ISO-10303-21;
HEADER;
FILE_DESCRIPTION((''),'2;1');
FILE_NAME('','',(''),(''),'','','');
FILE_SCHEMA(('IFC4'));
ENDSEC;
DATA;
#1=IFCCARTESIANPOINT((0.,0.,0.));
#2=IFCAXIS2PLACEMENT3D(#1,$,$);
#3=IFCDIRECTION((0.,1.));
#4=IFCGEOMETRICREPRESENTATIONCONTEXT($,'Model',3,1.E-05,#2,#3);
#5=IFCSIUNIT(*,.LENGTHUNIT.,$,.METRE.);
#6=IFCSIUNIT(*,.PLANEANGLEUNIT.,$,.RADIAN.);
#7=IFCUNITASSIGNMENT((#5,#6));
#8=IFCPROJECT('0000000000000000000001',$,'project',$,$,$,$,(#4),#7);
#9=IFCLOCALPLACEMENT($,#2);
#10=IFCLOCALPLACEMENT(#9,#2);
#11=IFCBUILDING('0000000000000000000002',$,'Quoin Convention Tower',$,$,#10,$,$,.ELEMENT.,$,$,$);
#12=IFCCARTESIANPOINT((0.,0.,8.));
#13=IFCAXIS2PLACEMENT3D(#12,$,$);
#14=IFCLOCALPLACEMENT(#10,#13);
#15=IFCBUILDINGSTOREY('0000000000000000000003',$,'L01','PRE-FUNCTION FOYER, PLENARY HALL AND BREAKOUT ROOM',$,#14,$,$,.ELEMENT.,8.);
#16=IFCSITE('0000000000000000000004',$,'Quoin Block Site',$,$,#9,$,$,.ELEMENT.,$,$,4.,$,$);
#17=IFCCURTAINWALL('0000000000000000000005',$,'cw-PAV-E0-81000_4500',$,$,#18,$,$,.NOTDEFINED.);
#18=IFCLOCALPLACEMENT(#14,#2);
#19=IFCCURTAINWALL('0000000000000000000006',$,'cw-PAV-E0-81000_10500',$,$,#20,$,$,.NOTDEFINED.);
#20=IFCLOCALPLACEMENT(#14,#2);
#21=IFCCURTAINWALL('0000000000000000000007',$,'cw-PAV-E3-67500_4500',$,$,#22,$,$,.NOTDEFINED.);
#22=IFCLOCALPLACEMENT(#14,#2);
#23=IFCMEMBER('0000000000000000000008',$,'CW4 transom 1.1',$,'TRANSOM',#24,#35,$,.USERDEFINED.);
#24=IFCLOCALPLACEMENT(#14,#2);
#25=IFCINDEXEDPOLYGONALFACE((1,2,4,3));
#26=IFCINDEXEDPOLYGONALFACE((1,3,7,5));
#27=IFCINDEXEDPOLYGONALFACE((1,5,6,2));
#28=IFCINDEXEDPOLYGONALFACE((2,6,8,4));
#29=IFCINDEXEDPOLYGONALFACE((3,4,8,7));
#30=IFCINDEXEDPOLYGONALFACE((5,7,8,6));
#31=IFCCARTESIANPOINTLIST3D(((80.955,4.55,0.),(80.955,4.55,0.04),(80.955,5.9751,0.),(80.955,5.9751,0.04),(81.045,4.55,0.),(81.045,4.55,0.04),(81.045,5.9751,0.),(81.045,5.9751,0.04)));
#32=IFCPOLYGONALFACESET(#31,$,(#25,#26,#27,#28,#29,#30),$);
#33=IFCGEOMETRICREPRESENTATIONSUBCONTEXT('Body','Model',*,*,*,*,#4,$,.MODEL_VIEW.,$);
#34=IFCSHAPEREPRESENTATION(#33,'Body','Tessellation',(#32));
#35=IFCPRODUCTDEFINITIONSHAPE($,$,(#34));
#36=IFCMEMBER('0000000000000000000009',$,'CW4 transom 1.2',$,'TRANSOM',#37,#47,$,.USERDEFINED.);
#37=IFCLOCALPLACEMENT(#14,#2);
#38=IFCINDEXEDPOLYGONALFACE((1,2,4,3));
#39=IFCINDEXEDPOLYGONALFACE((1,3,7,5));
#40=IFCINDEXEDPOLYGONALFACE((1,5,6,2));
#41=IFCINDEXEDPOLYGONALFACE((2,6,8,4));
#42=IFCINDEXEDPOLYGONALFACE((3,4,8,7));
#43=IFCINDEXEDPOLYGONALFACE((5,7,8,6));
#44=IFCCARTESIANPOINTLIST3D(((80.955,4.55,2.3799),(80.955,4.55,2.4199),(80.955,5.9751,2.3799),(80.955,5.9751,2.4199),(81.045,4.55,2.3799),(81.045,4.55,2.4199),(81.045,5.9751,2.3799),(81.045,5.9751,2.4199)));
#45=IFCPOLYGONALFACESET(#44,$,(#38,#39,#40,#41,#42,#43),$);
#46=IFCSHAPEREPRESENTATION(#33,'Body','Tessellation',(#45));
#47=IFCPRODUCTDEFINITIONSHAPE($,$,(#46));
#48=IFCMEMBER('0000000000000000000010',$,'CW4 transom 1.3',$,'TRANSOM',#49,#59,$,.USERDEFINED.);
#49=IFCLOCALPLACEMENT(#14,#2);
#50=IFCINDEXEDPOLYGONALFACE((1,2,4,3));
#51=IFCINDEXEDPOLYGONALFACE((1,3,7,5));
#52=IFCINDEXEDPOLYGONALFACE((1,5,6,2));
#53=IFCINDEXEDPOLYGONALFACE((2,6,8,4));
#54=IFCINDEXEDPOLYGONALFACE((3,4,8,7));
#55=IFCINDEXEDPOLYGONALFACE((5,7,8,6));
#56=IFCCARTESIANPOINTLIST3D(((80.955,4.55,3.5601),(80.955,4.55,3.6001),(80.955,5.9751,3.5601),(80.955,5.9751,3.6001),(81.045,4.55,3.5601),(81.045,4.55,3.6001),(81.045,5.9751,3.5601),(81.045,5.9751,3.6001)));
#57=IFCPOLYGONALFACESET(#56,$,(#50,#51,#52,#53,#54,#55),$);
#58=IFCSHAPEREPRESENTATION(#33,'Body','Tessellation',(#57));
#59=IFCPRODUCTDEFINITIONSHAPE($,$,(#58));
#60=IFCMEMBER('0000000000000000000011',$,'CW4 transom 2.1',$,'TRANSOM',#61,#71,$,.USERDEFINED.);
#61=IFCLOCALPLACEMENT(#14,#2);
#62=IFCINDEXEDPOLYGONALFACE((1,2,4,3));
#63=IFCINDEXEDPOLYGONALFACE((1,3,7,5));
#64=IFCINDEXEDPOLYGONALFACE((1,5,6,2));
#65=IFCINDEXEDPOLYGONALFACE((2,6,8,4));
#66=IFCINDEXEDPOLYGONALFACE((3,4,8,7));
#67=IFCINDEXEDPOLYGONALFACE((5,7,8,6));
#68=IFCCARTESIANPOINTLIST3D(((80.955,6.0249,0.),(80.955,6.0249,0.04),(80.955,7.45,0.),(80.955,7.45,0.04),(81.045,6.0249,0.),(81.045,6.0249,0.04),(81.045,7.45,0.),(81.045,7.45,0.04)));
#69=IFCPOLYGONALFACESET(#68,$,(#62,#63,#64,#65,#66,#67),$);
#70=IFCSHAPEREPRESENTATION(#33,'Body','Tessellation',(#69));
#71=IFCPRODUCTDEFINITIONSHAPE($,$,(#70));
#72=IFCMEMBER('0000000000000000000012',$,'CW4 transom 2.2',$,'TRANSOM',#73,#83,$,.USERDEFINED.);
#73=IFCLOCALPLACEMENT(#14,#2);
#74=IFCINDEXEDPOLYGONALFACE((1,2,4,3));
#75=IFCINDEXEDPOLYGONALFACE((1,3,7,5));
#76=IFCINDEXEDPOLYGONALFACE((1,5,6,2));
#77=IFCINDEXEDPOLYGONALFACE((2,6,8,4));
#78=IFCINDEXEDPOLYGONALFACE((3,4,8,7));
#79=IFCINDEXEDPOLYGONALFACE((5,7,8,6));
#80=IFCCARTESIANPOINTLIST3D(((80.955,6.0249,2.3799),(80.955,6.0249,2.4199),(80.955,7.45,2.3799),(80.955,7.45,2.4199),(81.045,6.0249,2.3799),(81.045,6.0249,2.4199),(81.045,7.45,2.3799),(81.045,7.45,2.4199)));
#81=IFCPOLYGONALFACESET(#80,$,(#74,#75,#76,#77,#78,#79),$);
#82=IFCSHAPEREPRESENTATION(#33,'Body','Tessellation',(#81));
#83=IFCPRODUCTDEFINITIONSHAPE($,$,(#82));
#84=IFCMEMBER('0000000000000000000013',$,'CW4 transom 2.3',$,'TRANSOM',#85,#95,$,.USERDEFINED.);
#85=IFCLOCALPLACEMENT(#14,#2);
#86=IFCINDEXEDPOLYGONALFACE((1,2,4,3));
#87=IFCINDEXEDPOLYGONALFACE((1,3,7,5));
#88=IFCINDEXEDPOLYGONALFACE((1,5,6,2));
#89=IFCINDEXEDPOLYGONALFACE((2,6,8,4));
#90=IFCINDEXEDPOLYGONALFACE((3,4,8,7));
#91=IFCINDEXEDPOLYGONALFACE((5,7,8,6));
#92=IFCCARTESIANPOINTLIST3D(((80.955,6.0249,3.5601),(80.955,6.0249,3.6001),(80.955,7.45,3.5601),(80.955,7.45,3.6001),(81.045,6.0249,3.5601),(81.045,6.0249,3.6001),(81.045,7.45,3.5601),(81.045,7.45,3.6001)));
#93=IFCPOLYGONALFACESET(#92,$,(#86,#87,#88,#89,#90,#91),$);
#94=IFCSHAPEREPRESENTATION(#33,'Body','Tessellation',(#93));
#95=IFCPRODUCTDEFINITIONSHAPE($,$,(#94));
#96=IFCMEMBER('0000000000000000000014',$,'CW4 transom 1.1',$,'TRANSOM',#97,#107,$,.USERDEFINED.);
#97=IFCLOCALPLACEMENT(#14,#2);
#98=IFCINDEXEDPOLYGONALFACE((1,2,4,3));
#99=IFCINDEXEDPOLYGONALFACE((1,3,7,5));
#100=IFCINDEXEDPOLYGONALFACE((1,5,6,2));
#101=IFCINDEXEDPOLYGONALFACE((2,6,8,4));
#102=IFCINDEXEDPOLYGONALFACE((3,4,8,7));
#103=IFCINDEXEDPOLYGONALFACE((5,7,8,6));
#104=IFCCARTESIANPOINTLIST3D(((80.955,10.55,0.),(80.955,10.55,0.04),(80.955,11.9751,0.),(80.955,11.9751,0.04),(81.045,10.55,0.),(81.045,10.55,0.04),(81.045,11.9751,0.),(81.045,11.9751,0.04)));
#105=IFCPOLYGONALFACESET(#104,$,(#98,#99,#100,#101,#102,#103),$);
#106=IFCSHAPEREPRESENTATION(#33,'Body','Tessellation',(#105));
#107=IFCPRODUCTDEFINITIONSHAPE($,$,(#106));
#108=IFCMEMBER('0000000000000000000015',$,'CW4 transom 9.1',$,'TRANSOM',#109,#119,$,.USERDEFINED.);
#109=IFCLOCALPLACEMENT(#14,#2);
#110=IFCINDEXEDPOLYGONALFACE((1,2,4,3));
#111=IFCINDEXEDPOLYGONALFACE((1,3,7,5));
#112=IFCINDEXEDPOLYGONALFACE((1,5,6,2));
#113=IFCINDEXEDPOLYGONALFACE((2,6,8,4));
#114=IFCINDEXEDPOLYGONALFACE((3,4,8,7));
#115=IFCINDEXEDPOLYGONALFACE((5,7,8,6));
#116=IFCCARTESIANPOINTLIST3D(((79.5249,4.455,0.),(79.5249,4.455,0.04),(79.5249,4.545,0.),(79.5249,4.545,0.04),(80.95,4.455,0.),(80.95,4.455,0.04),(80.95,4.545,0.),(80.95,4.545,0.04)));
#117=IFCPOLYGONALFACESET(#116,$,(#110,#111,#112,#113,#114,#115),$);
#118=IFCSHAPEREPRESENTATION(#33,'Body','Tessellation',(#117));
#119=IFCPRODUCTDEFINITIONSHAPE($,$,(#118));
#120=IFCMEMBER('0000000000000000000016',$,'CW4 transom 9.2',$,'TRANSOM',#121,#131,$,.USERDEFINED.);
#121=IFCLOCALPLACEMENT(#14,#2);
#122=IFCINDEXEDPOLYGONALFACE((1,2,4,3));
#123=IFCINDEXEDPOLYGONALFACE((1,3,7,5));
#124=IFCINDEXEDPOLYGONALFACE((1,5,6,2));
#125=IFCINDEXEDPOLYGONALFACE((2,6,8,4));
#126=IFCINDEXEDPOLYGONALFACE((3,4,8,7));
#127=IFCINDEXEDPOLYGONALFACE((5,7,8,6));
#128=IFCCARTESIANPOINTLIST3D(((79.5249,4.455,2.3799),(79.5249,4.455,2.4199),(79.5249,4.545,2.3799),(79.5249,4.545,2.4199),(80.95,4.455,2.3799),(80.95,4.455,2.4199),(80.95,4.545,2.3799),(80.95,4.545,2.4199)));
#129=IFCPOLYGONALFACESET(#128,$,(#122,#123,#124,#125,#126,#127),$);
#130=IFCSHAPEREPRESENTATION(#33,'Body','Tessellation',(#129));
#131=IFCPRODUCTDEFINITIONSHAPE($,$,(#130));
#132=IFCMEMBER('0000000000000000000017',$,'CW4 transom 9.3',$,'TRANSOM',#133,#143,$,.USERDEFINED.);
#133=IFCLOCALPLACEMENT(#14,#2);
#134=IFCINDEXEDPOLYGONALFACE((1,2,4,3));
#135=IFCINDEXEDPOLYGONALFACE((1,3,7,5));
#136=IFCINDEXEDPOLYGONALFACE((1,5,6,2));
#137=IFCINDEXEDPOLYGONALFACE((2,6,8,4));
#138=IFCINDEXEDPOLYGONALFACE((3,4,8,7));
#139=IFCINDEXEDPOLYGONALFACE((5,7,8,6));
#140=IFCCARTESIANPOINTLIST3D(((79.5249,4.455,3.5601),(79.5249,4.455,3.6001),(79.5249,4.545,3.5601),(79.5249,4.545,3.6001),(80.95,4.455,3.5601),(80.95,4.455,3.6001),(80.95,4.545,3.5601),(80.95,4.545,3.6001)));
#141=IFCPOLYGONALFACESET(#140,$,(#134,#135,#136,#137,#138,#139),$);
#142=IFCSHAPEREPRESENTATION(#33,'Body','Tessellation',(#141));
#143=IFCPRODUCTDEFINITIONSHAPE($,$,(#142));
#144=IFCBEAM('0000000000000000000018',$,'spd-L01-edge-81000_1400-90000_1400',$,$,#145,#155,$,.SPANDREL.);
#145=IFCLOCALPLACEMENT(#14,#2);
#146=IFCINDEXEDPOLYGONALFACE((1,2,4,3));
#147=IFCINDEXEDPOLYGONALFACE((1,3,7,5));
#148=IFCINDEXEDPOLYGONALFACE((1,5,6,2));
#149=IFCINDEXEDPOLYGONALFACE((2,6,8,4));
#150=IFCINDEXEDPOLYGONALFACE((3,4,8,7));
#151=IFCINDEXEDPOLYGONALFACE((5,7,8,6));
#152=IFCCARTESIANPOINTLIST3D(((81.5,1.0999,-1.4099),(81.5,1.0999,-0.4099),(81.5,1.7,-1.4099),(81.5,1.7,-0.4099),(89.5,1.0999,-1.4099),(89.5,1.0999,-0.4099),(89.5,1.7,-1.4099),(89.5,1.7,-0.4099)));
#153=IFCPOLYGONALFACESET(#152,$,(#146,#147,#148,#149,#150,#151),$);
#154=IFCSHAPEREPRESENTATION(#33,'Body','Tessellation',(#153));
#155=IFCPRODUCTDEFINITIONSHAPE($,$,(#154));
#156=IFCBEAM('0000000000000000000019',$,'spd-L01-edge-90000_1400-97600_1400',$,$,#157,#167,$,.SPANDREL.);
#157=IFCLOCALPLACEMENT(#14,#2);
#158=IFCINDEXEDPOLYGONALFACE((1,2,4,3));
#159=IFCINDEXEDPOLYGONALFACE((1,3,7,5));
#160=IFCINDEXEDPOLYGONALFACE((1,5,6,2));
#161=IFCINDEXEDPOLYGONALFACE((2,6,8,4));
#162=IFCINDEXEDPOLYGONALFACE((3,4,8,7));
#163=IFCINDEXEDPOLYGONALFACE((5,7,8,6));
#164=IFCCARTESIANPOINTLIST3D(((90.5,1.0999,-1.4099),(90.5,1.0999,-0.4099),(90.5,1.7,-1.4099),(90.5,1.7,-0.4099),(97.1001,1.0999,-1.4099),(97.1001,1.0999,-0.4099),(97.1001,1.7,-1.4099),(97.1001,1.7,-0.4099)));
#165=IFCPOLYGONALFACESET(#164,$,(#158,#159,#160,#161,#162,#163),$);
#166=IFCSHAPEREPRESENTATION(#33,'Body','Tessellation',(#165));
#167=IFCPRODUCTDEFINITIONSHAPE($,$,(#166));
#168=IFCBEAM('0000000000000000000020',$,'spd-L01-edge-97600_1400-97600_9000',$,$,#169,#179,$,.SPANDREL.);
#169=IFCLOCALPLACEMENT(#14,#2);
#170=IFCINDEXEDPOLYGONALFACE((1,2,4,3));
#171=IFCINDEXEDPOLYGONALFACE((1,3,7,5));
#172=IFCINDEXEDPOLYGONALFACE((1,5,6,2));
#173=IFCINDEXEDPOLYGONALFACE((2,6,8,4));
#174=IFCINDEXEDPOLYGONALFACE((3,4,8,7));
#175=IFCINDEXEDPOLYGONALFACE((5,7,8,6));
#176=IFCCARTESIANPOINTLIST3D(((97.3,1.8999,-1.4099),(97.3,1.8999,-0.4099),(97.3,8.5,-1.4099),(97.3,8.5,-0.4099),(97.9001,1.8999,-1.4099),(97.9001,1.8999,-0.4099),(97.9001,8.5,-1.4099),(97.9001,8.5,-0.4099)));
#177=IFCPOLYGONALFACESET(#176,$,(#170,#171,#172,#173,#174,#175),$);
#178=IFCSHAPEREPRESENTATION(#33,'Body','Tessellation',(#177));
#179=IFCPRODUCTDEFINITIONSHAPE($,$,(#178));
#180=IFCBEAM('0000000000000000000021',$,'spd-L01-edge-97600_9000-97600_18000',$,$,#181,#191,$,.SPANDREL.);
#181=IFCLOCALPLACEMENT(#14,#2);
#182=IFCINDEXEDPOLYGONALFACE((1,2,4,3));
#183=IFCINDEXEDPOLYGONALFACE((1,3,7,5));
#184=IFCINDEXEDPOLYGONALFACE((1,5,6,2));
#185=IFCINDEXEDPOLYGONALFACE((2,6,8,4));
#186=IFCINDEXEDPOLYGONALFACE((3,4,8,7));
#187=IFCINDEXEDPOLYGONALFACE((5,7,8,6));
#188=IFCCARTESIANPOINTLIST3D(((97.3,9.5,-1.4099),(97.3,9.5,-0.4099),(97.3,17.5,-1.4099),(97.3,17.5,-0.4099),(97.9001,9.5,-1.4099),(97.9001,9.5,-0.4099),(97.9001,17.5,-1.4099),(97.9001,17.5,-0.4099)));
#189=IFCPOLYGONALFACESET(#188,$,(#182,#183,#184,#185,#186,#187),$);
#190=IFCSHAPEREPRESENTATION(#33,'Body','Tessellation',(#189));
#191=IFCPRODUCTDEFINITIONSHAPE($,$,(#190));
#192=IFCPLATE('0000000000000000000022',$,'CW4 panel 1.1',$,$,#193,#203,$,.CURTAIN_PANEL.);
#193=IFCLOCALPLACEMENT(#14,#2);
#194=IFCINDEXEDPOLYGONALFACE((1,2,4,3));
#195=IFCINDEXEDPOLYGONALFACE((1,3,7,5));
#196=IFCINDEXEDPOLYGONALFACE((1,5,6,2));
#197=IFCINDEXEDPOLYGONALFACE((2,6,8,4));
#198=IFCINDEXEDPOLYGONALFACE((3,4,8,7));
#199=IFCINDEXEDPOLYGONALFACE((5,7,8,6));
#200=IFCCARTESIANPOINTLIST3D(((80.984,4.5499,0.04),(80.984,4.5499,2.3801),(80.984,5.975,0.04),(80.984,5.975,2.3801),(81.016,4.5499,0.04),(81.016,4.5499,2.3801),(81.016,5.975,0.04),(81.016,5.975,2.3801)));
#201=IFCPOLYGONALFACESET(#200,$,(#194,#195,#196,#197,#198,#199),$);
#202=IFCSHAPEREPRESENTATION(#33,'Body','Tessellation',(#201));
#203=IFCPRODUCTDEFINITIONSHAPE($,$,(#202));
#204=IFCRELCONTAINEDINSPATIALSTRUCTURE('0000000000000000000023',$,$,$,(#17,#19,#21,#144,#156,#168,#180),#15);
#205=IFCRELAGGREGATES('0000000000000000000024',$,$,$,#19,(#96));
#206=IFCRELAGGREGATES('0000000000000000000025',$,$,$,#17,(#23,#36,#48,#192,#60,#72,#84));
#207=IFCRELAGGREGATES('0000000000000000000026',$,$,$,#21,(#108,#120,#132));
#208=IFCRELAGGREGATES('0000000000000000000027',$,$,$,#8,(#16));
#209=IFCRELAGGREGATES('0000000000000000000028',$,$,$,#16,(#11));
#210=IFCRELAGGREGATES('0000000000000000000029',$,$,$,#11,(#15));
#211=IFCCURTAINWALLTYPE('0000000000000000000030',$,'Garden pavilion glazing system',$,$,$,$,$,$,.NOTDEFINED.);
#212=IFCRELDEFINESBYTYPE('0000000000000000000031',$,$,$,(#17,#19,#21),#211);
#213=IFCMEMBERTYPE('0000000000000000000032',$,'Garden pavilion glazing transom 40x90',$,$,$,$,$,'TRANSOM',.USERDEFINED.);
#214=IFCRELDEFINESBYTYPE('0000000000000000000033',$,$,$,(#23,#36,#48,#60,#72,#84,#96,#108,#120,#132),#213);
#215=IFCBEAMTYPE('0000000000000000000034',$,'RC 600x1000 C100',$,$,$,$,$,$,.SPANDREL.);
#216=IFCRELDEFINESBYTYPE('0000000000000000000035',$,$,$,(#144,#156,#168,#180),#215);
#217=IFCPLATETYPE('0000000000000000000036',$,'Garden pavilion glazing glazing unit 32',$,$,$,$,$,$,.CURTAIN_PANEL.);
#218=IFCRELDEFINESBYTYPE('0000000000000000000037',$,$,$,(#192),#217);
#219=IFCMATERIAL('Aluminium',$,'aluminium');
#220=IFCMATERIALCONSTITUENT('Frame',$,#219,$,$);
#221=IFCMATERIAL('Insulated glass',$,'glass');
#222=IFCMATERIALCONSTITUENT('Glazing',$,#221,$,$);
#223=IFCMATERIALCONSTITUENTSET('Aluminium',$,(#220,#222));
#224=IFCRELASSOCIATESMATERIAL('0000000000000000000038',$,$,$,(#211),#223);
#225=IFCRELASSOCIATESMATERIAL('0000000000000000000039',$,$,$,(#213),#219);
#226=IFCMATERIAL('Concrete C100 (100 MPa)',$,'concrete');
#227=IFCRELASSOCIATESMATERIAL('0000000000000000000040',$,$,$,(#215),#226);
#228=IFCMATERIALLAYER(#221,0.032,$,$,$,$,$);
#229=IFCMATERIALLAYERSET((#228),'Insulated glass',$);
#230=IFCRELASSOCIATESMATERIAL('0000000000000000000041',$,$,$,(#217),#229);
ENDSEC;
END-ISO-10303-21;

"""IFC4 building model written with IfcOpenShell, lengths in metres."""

from ifc_helpers import new_model, si_unit, direction, frame, origin, origin_2d, place, context, subcontext, project, spatial, rectangle, extrude, material, layer, layer_set, constituent, constituent_set, material_profile, profile_set, type_object, element, aggregate, save


model = new_model("IFC4")

# Units and contexts
model_context = context("Model", 3, precision=1e-05, world=origin(), true_north=direction((0.0, 1.0)))
body_context = subcontext(model_context, "Body", "Model", "MODEL_VIEW")
ifc_project = project(units=[si_unit("LENGTHUNIT", "METRE"), si_unit("PLANEANGLEUNIT", "RADIAN")], contexts=[model_context])

# Site, building, storey
site_placement = place(None, origin())
site = spatial("IfcSite", under=ifc_project, at=site_placement, Name="Quoin Block Site", CompositionType="ELEMENT", RefElevation=4.0)
building_placement = place(site_placement, origin())
building = spatial("IfcBuilding", under=site, at=building_placement, Name="Quoin Convention Tower", CompositionType="ELEMENT")
storey_placement = place(building_placement, frame((0.0, 0.0, 8.0)))
storey = spatial("IfcBuildingStorey", under=building, at=storey_placement, Name="L01", Description="PRE-FUNCTION FOYER, PLENARY HALL AND BREAKOUT ROOM", CompositionType="ELEMENT", Elevation=8.0)

# Curtain wall
ifc_material_1 = material(Name="Aluminium", Category="aluminium")
ifc_constituent_1 = constituent(ifc_material_1, Name="Frame")
ifc_material_2 = material(Name="Insulated glass", Category="glass")
ifc_constituent_2 = constituent(ifc_material_2, Name="Glazing")
ifc_constituent_set_1 = constituent_set(constituents=[ifc_constituent_1, ifc_constituent_2], Name="Aluminium")
curtain_wall_type = type_object("IfcCurtainWallType", Name="Garden pavilion glazing system", PredefinedType="NOTDEFINED", material=ifc_constituent_set_1)
curtain_wall_1_placement = place(storey_placement, origin())
curtain_wall_1 = element("IfcCurtainWall", 1, at=curtain_wall_1_placement, inside=storey, type_object=curtain_wall_type, Name="cw-PAV-E0-81000_4500", PredefinedType="NOTDEFINED")

# Curtain wall
curtain_wall_2_placement = place(storey_placement, origin())
curtain_wall_2 = element("IfcCurtainWall", 2, at=curtain_wall_2_placement, inside=storey, type_object=curtain_wall_type, Name="cw-PAV-E0-81000_10500", PredefinedType="NOTDEFINED")

# Curtain wall
curtain_wall_3_placement = place(storey_placement, origin())
curtain_wall_3 = element("IfcCurtainWall", 3, at=curtain_wall_3_placement, inside=storey, type_object=curtain_wall_type, Name="cw-PAV-E3-67500_4500", PredefinedType="NOTDEFINED")

# Members
ifc_material_profile_1 = material_profile(ifc_material_1, rectangle(XDim=0.0901, YDim=0.04, at=origin_2d()), Name="Garden pavilion glazing transom 40x90")
ifc_profile_set_1 = profile_set([ifc_material_profile_1], Name="Aluminium")
member_type_1 = type_object("IfcMemberType", Name="Garden pavilion glazing transom 40x90", ElementType="TRANSOM", PredefinedType="USERDEFINED", material=ifc_profile_set_1)
member_1_placement = place(storey_placement, frame((81.0, 4.55, 0.02), z_axis=(0.0, 1.0, 0.0), x_axis=(-1.0, 0.0, 0.0)))
member_1 = element("IfcMember", 4, at=member_1_placement, type_object=member_type_1, Name="CW4 transom 1.1", ObjectType="TRANSOM", PredefinedType="USERDEFINED", context=body_context, shape_type="SweptSolid", body=[
    extrude(rectangle(XDim=0.0901, YDim=0.04, at=origin_2d()), origin(), (0.0, 0.0, 1.0), 1.425),
])
member_2_placement = place(storey_placement, frame((81.0, 4.55, 2.3999), z_axis=(0.0, 1.0, 0.0), x_axis=(-1.0, 0.0, 0.0)))
member_2 = element("IfcMember", 5, at=member_2_placement, type_object=member_type_1, Name="CW4 transom 1.2", ObjectType="TRANSOM", PredefinedType="USERDEFINED", context=body_context, shape_type="SweptSolid", body=[
    extrude(rectangle(XDim=0.0901, YDim=0.04, at=origin_2d()), origin(), (0.0, 0.0, 1.0), 1.425),
])
member_3_placement = place(storey_placement, frame((81.0, 4.55, 3.5801), z_axis=(0.0, 1.0, 0.0), x_axis=(-1.0, 0.0, 0.0)))
member_3 = element("IfcMember", 6, at=member_3_placement, type_object=member_type_1, Name="CW4 transom 1.3", ObjectType="TRANSOM", PredefinedType="USERDEFINED", context=body_context, shape_type="SweptSolid", body=[
    extrude(rectangle(XDim=0.0901, YDim=0.04, at=origin_2d()), origin(), (0.0, 0.0, 1.0), 1.425),
])
member_4_placement = place(storey_placement, frame((81.0, 6.0249, 0.02), z_axis=(0.0, 1.0, 0.0), x_axis=(-1.0, 0.0, 0.0)))
member_4 = element("IfcMember", 7, at=member_4_placement, type_object=member_type_1, Name="CW4 transom 2.1", ObjectType="TRANSOM", PredefinedType="USERDEFINED", context=body_context, shape_type="SweptSolid", body=[
    extrude(rectangle(XDim=0.0901, YDim=0.04, at=origin_2d()), origin(), (0.0, 0.0, 1.0), 1.425),
])
member_5_placement = place(storey_placement, frame((81.0, 6.0249, 2.3999), z_axis=(0.0, 1.0, 0.0), x_axis=(-1.0, 0.0, 0.0)))
member_5 = element("IfcMember", 8, at=member_5_placement, type_object=member_type_1, Name="CW4 transom 2.2", ObjectType="TRANSOM", PredefinedType="USERDEFINED", context=body_context, shape_type="SweptSolid", body=[
    extrude(rectangle(XDim=0.0901, YDim=0.04, at=origin_2d()), origin(), (0.0, 0.0, 1.0), 1.425),
])
member_6_placement = place(storey_placement, frame((81.0, 6.0249, 3.5801), z_axis=(0.0, 1.0, 0.0), x_axis=(-1.0, 0.0, 0.0)))
member_6 = element("IfcMember", 9, at=member_6_placement, type_object=member_type_1, Name="CW4 transom 2.3", ObjectType="TRANSOM", PredefinedType="USERDEFINED", context=body_context, shape_type="SweptSolid", body=[
    extrude(rectangle(XDim=0.0901, YDim=0.04, at=origin_2d()), origin(), (0.0, 0.0, 1.0), 1.425),
])
member_7_placement = place(storey_placement, frame((81.0, 10.55, 0.02), z_axis=(0.0, 1.0, 0.0), x_axis=(-1.0, 0.0, 0.0)))
member_7 = element("IfcMember", 10, at=member_7_placement, type_object=member_type_1, Name="CW4 transom 1.1", ObjectType="TRANSOM", PredefinedType="USERDEFINED", context=body_context, shape_type="SweptSolid", body=[
    extrude(rectangle(XDim=0.0901, YDim=0.04, at=origin_2d()), origin(), (0.0, 0.0, 1.0), 1.425),
])
aggregate(curtain_wall_2, [member_7])
member_8_placement = place(storey_placement, frame((79.5249, 4.5, 0.02), z_axis=(1.0, 0.0, 0.0), x_axis=(0.0, 1.0, 0.0)))
member_8 = element("IfcMember", 11, at=member_8_placement, type_object=member_type_1, Name="CW4 transom 9.1", ObjectType="TRANSOM", PredefinedType="USERDEFINED", context=body_context, shape_type="SweptSolid", body=[
    extrude(rectangle(XDim=0.0901, YDim=0.04, at=origin_2d()), origin(), (0.0, 0.0, 1.0), 1.425),
])
member_9_placement = place(storey_placement, frame((79.5249, 4.5, 2.3999), z_axis=(1.0, 0.0, 0.0), x_axis=(0.0, 1.0, 0.0)))
member_9 = element("IfcMember", 12, at=member_9_placement, type_object=member_type_1, Name="CW4 transom 9.2", ObjectType="TRANSOM", PredefinedType="USERDEFINED", context=body_context, shape_type="SweptSolid", body=[
    extrude(rectangle(XDim=0.0901, YDim=0.04, at=origin_2d()), origin(), (0.0, 0.0, 1.0), 1.425),
])
member_10_placement = place(storey_placement, frame((79.5249, 4.5, 3.5801), z_axis=(1.0, 0.0, 0.0), x_axis=(0.0, 1.0, 0.0)))
member_10 = element("IfcMember", 13, at=member_10_placement, type_object=member_type_1, Name="CW4 transom 9.3", ObjectType="TRANSOM", PredefinedType="USERDEFINED", context=body_context, shape_type="SweptSolid", body=[
    extrude(rectangle(XDim=0.0901, YDim=0.04, at=origin_2d()), origin(), (0.0, 0.0, 1.0), 1.425),
])

# Beams
ifc_material_3 = material(Name="Concrete C100 (100 MPa)", Category="concrete")
ifc_material_profile_2 = material_profile(ifc_material_3, rectangle(XDim=0.6001, YDim=1.0, at=origin_2d()), Name="RC 600x1000")
ifc_profile_set_2 = profile_set([ifc_material_profile_2], Name="Concrete C100 (100 MPa)")
beam_type_1 = type_object("IfcBeamType", Name="RC 600x1000 C100", PredefinedType="SPANDREL", material=ifc_profile_set_2)
beam_1_placement = place(storey_placement, frame((81.5, 1.3999, -0.9099), z_axis=(1.0, 0.0, 0.0), x_axis=(0.0, 1.0, 0.0)))
element("IfcBeam", 14, at=beam_1_placement, inside=storey, type_object=beam_type_1, Name="spd-L01-edge-81000_1400-90000_1400", PredefinedType="SPANDREL", context=body_context, shape_type="SweptSolid", body=[
    extrude(rectangle(XDim=0.6001, YDim=1.0, at=origin_2d()), origin(), (0.0, 0.0, 1.0), 8.0),
])
for number, where, z_axis, x_axis, name in (
    (15, (90.5, 1.3999, -0.9099), (1.0, 0.0, 0.0), (0.0, 1.0, 0.0), "spd-L01-edge-90000_1400-97600_1400"),
    (16, (97.6001, 1.8999, -0.9099), (0.0, 1.0, 0.0), (-1.0, 0.0, 0.0), "spd-L01-edge-97600_1400-97600_9000"),
):
    element("IfcBeam", number, at=place(storey_placement, frame(where, z_axis=z_axis, x_axis=x_axis)), inside=storey, type_object=beam_type_1, Name=name, PredefinedType="SPANDREL", context=body_context, shape_type="SweptSolid", body=[
        extrude(rectangle(XDim=0.6001, YDim=1.0, at=origin_2d()), origin(), (0.0, 0.0, 1.0), 6.6001),
    ])
beam_2_placement = place(storey_placement, frame((97.6001, 9.5, -0.9099), z_axis=(0.0, 1.0, 0.0), x_axis=(-1.0, 0.0, 0.0)))
element("IfcBeam", 17, at=beam_2_placement, inside=storey, type_object=beam_type_1, Name="spd-L01-edge-97600_9000-97600_18000", PredefinedType="SPANDREL", context=body_context, shape_type="SweptSolid", body=[
    extrude(rectangle(XDim=0.6001, YDim=1.0, at=origin_2d()), origin(), (0.0, 0.0, 1.0), 8.0),
])

# Plate
ifc_layer_1 = layer(ifc_material_2, 0.032)
ifc_layer_set_1 = layer_set([ifc_layer_1], Name="Insulated glass")
plate_type = type_object("IfcPlateType", Name="Garden pavilion glazing glazing unit 32", PredefinedType="CURTAIN_PANEL", material=ifc_layer_set_1)
plate_1_placement = place(storey_placement, frame((81.0, 5.2625, 0.04), z_axis=(0.0, 0.0, 1.0), x_axis=(0.0, 1.0, 0.0)))
plate_1 = element("IfcPlate", 18, at=plate_1_placement, type_object=plate_type, Name="CW4 panel 1.1", PredefinedType="CURTAIN_PANEL", context=body_context, shape_type="SweptSolid", body=[
    extrude(rectangle(XDim=1.425, YDim=0.032, at=origin_2d()), origin(), (0.0, 0.0, 1.0), 2.3401),
])
aggregate(curtain_wall_1, [member_1, member_2, member_3, plate_1, member_4, member_5, member_6])
aggregate(curtain_wall_3, [member_8, member_9, member_10])

save(model, "model.ifc")
